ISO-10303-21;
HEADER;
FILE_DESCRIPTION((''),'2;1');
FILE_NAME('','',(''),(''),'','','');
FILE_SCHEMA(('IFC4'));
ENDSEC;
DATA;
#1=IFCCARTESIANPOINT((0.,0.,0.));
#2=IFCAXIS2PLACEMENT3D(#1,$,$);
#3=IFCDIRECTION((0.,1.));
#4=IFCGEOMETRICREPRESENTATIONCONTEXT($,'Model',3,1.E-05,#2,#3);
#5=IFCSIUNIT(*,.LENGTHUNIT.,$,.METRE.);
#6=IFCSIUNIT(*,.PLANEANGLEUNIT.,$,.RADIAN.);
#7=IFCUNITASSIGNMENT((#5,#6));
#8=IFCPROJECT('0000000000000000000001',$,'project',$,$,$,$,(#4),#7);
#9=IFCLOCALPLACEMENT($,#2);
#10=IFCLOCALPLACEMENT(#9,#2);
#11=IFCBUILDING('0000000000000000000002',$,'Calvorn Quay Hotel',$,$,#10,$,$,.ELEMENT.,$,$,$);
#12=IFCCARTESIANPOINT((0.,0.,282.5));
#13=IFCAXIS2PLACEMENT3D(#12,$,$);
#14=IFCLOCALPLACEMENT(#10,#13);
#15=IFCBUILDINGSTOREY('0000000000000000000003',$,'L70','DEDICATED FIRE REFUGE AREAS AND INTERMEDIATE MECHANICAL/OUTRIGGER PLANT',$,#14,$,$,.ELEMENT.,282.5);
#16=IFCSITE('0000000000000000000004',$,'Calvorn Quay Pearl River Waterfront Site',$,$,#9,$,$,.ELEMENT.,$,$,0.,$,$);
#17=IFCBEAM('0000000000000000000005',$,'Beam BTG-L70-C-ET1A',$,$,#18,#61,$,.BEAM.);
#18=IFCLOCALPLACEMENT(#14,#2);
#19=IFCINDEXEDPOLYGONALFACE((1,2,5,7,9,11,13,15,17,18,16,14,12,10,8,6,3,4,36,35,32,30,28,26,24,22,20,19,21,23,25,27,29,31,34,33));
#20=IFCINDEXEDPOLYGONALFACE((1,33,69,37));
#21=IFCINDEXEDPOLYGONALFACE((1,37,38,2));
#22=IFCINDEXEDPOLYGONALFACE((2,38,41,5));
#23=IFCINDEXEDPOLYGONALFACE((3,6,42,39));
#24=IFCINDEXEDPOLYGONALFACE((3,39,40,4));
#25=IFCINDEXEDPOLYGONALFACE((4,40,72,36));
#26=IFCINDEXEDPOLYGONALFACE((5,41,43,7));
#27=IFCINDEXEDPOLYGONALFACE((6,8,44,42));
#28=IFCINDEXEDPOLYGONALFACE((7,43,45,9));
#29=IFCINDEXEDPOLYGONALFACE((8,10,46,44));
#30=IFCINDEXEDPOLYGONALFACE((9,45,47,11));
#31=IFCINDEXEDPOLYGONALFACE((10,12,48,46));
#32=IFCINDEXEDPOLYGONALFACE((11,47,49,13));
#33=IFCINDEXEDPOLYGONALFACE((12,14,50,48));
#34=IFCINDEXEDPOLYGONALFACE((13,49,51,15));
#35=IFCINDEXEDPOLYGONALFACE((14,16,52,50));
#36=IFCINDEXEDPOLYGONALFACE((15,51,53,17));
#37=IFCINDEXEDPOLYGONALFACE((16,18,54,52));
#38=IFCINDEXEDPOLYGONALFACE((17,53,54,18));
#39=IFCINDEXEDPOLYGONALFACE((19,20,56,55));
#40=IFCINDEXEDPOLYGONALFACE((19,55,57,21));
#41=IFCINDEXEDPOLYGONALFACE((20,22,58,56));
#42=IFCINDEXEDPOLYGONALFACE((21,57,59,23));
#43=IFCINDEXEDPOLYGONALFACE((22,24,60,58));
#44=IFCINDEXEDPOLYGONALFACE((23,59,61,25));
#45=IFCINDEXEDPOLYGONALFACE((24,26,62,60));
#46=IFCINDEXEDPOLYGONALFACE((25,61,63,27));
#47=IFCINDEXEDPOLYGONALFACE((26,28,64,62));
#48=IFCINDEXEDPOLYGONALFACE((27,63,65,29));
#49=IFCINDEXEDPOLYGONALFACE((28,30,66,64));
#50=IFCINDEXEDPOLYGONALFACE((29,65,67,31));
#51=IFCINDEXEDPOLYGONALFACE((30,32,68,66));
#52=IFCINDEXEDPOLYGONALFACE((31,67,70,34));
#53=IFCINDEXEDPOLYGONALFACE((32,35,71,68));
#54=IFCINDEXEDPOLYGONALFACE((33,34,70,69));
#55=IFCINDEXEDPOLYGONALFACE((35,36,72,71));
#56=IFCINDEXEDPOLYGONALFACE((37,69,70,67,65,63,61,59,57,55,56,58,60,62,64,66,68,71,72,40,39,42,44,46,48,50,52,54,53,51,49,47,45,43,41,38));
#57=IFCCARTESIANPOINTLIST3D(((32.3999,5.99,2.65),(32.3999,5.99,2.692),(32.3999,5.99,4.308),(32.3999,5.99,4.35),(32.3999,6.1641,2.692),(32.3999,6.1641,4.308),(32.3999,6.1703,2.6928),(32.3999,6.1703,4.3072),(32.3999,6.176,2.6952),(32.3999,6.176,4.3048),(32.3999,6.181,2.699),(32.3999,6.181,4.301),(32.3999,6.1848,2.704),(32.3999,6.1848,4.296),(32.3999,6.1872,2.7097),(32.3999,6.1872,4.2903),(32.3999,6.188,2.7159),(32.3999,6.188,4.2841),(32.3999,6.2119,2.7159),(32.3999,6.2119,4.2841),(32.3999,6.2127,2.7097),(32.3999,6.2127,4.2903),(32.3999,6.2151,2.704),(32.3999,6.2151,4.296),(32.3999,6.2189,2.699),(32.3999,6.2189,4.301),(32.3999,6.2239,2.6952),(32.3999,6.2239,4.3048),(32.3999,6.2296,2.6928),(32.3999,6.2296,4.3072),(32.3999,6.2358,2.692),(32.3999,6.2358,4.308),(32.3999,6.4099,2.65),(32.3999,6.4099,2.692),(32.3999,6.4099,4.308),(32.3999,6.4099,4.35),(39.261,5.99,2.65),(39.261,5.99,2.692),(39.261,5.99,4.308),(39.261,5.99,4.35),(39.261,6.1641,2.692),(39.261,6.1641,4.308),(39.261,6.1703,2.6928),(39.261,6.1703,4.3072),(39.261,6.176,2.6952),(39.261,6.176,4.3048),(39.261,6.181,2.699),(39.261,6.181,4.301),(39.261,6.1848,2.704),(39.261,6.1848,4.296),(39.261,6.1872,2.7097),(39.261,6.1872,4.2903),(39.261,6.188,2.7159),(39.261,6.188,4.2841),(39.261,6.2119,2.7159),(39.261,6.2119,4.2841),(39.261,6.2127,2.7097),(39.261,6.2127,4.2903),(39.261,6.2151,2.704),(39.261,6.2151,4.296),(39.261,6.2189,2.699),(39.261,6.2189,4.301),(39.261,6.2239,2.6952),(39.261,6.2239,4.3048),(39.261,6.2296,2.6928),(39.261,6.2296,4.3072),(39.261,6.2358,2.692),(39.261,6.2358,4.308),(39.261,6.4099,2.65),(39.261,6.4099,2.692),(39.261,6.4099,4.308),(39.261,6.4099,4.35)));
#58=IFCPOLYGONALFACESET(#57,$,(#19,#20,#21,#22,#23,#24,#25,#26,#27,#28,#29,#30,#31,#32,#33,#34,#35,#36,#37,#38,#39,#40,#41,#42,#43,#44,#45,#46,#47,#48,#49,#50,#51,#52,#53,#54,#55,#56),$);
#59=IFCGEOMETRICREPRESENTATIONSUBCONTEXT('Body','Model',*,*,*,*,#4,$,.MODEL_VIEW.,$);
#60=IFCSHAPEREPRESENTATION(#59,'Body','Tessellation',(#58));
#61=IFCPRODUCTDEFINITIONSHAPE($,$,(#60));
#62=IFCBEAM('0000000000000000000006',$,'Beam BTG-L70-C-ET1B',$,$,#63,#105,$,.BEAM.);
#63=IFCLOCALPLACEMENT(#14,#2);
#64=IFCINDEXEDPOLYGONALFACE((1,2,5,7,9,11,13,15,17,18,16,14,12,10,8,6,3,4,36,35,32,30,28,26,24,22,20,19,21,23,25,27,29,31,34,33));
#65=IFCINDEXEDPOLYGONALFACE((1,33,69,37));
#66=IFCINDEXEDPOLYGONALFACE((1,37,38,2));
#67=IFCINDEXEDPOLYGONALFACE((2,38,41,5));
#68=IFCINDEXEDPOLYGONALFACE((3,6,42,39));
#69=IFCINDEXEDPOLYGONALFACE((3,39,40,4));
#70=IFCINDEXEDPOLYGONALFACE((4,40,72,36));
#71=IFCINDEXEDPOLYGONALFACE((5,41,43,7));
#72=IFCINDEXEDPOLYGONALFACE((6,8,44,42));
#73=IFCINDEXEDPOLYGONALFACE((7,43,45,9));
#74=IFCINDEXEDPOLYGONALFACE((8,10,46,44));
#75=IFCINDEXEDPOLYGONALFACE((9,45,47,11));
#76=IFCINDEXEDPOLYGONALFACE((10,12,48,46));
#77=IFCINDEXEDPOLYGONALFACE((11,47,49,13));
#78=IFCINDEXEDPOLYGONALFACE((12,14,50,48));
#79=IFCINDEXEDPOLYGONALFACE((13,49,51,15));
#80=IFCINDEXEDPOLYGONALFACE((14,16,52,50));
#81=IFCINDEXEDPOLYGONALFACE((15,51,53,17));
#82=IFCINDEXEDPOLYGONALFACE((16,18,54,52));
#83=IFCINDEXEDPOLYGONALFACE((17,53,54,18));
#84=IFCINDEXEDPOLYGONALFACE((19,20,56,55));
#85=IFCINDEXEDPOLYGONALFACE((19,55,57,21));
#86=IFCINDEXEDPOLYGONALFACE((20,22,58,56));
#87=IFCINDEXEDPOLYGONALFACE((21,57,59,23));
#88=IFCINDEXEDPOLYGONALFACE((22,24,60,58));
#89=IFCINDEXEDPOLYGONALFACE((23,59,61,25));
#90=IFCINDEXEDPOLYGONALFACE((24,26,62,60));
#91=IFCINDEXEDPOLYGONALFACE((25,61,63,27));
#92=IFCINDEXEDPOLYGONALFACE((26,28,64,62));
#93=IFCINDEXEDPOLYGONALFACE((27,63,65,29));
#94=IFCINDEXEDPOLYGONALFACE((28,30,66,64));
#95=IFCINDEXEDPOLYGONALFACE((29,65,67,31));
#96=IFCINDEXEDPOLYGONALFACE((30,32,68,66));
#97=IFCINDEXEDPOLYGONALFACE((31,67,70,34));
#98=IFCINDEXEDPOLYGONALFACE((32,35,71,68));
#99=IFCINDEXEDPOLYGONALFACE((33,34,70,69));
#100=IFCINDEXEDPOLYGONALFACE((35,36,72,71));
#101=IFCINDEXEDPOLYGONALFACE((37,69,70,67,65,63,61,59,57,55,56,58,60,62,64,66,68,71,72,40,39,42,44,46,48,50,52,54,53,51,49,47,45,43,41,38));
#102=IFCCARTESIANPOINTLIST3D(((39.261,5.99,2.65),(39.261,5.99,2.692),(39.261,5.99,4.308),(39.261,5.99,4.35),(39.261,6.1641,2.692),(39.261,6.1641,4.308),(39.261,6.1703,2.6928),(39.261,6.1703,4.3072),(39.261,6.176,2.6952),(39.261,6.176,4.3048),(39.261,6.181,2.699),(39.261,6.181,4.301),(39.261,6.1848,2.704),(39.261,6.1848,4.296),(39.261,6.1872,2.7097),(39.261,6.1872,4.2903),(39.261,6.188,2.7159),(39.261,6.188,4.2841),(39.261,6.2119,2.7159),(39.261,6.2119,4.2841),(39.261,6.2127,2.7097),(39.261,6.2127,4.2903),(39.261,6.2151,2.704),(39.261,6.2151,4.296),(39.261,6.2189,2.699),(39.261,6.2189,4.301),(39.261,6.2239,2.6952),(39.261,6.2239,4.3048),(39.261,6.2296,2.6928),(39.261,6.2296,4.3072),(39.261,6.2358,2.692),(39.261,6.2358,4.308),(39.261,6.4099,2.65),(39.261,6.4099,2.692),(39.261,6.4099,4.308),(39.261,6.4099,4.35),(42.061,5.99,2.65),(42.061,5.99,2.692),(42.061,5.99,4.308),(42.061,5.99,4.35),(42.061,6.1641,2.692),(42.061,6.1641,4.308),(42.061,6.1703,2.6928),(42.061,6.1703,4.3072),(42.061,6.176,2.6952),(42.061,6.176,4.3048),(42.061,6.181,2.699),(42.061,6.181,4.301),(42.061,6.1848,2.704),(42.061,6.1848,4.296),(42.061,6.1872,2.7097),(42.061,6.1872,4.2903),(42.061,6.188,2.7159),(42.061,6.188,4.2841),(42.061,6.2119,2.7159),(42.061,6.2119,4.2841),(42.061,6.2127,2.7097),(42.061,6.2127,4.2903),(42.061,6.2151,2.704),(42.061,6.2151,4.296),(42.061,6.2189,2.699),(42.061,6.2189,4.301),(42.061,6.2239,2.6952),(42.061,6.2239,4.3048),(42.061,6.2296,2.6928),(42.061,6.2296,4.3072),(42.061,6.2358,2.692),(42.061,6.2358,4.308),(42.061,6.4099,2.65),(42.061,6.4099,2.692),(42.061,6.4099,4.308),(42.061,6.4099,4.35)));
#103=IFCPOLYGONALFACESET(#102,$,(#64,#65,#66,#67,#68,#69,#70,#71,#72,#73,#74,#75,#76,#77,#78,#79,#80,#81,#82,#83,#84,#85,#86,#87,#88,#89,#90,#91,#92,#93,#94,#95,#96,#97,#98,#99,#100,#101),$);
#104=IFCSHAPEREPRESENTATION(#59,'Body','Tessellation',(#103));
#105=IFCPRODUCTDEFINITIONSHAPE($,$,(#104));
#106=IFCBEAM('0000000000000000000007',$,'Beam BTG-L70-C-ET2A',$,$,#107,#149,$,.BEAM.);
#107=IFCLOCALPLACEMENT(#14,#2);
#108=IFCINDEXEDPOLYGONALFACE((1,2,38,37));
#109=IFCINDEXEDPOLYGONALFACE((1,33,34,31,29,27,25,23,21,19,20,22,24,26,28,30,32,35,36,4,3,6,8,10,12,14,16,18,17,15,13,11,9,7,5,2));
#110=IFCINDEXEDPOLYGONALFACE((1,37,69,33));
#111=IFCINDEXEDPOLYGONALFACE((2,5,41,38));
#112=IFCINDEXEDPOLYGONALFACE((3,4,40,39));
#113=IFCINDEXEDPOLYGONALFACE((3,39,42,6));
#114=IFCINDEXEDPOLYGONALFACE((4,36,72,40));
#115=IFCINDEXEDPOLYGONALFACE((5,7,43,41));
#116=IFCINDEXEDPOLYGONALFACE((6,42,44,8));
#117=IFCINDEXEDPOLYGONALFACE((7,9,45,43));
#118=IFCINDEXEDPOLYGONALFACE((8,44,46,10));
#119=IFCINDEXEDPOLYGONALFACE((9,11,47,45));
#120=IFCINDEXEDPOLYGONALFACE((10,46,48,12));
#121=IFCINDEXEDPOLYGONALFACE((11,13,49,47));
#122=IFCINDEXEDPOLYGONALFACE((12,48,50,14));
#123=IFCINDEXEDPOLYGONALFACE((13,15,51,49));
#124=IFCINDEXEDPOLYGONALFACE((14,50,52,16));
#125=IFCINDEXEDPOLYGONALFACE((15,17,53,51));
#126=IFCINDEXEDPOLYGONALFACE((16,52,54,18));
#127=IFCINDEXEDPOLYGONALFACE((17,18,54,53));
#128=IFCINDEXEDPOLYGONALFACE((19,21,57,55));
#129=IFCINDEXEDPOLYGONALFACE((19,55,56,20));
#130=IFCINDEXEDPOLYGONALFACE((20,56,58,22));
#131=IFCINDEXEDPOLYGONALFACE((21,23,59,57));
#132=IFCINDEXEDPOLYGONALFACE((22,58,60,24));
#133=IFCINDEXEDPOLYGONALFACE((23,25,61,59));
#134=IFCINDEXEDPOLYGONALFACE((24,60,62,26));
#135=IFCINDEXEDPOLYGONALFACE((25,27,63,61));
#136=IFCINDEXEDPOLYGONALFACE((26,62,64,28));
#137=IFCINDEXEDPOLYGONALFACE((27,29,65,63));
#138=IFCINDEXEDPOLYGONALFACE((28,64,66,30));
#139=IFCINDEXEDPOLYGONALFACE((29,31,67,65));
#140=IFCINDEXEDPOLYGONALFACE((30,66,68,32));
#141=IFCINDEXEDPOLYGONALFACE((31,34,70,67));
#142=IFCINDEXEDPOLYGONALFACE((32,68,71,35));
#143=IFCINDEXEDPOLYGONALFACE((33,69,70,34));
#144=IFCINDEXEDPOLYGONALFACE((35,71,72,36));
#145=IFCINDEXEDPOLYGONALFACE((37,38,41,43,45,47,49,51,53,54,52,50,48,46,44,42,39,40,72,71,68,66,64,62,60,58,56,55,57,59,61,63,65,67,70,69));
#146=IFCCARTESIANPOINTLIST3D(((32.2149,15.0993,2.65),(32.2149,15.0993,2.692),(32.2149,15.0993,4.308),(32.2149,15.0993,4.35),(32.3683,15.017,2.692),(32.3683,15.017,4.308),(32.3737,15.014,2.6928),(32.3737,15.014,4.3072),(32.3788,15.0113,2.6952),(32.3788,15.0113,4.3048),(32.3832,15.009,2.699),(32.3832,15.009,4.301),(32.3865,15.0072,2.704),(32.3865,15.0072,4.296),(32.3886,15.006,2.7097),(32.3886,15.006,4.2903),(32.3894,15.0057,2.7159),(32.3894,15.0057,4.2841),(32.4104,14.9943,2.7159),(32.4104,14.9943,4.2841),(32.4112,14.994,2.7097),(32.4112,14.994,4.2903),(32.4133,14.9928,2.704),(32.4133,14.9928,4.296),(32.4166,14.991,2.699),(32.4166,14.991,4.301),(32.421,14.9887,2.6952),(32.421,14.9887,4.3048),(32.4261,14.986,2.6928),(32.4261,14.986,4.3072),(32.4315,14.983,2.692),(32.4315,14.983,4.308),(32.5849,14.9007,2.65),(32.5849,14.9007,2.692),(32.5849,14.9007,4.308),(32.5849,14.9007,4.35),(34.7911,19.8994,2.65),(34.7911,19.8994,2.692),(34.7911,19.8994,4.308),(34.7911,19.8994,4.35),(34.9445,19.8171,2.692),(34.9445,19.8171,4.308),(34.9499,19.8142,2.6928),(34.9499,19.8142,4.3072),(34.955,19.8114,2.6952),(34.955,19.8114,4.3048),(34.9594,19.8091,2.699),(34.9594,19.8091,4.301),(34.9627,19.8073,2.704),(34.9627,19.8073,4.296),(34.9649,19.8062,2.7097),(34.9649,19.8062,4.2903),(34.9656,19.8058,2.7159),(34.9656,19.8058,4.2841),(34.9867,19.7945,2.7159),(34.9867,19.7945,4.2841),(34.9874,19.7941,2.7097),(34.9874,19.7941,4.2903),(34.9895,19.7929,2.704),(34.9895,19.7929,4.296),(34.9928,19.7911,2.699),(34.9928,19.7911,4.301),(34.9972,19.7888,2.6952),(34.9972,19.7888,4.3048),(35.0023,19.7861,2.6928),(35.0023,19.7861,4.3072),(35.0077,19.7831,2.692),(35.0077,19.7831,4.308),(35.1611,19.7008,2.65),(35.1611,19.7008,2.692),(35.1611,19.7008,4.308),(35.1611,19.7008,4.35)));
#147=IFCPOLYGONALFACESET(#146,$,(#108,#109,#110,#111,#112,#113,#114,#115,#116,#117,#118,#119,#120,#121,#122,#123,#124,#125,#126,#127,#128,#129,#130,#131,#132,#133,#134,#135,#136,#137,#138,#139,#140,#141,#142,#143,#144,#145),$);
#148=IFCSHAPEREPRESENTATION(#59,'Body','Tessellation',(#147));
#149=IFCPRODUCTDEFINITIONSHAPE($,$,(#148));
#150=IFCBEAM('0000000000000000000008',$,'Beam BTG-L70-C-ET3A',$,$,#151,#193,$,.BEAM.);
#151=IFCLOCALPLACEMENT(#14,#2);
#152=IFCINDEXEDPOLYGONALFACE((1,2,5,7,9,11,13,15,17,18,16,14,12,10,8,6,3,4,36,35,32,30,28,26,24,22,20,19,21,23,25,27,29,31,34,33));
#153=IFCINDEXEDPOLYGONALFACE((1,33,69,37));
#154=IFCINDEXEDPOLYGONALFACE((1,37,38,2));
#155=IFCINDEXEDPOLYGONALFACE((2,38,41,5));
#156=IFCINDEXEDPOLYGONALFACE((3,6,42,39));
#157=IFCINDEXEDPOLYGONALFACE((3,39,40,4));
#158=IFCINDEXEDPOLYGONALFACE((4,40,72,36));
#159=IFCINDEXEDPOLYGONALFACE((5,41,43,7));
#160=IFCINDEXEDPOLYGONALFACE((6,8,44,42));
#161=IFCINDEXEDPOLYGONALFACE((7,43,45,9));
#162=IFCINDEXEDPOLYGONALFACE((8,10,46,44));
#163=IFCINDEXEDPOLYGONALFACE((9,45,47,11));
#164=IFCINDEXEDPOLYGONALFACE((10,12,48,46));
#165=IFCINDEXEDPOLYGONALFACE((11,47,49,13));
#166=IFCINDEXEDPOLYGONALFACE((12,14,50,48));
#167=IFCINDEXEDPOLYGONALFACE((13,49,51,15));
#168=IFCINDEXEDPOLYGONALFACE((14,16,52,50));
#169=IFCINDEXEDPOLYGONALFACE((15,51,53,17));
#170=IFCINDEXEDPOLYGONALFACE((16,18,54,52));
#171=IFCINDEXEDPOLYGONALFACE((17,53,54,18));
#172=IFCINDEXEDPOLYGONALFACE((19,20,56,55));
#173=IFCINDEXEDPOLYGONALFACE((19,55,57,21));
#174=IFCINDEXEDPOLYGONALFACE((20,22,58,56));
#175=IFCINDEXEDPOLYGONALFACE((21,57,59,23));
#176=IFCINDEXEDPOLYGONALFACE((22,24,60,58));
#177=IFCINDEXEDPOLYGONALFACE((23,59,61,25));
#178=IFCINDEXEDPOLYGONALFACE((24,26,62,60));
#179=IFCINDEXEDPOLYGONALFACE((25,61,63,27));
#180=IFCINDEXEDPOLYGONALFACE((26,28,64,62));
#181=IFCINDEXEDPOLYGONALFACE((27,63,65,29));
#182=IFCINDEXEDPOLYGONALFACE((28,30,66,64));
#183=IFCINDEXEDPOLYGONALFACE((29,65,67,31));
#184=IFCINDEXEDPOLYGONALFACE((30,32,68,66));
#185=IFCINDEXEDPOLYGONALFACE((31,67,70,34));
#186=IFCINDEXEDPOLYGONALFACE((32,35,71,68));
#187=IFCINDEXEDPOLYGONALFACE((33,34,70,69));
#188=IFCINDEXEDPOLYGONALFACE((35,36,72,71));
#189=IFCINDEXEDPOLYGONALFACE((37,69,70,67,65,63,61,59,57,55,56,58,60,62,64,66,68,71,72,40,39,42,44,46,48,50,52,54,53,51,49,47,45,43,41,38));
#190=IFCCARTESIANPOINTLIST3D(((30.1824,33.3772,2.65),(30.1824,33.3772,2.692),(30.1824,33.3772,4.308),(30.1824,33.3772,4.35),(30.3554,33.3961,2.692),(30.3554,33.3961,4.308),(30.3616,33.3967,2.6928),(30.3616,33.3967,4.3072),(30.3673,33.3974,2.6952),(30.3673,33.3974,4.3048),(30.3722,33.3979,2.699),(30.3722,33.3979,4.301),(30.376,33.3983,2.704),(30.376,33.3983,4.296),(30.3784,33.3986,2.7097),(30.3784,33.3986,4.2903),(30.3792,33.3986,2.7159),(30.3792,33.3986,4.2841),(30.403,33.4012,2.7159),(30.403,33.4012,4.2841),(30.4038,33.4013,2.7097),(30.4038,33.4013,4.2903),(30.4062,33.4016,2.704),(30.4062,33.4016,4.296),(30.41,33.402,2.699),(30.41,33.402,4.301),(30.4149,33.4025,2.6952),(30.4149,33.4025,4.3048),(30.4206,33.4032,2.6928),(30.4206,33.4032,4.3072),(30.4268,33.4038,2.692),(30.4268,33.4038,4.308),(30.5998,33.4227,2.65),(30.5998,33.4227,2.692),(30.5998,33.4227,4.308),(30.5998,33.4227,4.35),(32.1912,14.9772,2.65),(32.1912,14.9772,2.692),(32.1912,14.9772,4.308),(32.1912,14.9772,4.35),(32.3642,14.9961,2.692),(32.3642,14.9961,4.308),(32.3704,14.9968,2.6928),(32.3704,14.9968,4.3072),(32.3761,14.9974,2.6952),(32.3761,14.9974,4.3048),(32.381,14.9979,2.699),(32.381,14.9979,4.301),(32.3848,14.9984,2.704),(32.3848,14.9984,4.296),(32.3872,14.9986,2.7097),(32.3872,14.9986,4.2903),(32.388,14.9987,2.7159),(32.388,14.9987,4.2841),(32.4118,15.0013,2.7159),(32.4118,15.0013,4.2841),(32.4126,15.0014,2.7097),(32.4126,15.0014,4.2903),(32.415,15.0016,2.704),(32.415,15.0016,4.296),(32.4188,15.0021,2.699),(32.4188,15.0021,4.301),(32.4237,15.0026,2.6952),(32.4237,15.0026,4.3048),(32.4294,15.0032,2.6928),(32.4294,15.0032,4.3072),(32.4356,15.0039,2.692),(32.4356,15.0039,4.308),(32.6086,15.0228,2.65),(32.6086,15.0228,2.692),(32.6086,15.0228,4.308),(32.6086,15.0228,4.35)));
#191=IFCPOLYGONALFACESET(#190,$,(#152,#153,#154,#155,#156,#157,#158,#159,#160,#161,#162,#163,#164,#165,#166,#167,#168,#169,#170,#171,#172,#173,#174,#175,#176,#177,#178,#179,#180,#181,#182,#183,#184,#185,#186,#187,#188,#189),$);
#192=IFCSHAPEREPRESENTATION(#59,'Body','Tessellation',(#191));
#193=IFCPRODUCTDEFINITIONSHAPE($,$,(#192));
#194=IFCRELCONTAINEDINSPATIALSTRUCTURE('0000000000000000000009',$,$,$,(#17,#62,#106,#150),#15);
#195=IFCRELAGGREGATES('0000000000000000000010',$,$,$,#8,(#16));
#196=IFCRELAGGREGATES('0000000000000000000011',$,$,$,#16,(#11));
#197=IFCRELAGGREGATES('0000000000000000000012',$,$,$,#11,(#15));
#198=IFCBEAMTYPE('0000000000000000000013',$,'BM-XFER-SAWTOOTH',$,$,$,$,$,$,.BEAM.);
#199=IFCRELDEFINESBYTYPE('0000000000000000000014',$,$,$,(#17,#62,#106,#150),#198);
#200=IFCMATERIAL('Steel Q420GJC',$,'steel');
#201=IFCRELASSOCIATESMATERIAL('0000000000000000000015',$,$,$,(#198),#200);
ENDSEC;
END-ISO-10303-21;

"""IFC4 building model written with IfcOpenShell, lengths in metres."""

from ifc_helpers import new_model, si_unit, direction, frame, origin, origin_2d, place, context, subcontext, project, spatial, i_section, extrude, material, material_profile, profile_set, type_object, element, save


model = new_model("IFC4")

# Units and contexts
model_context = context("Model", 3, precision=1e-05, world=origin(), true_north=direction((0.0, 1.0)))
body_context = subcontext(model_context, "Body", "Model", "MODEL_VIEW")
ifc_project = project(units=[si_unit("LENGTHUNIT", "METRE"), si_unit("PLANEANGLEUNIT", "RADIAN")], contexts=[model_context])

# Site, building, storey
site_placement = place(None, origin())
site = spatial("IfcSite", under=ifc_project, at=site_placement, Name="Calvorn Quay Pearl River Waterfront Site", CompositionType="ELEMENT", RefElevation=0.0)
building_placement = place(site_placement, origin())
building = spatial("IfcBuilding", under=site, at=building_placement, Name="Calvorn Quay Hotel", CompositionType="ELEMENT")
storey_placement = place(building_placement, frame((0.0, 0.0, 282.5)))
storey = spatial("IfcBuildingStorey", under=building, at=storey_placement, Name="L70", Description="DEDICATED FIRE REFUGE AREAS AND INTERMEDIATE MECHANICAL/OUTRIGGER PLANT", CompositionType="ELEMENT", Elevation=282.5)

# Beams
ifc_material_1 = material(Name="Steel Q420GJC", Category="steel")
ifc_material_profile_1 = material_profile(ifc_material_1, i_section(OverallWidth=0.4199, OverallDepth=1.7, WebThickness=0.0239, FlangeThickness=0.042, FilletRadius=0.0239, at=origin_2d()), Name="HN1700x420x24x42")
ifc_profile_set_1 = profile_set([ifc_material_profile_1], Name="Steel Q420GJC")
beam_type_1 = type_object("IfcBeamType", Name="BM-XFER-SAWTOOTH", PredefinedType="BEAM", material=ifc_profile_set_1)
beam_1_placement = place(storey_placement, frame((32.3999, 6.2, 3.5), z_axis=(1.0, 0.0, 0.0), x_axis=(0.0, 1.0, 0.0)))
element("IfcBeam", 1, at=beam_1_placement, inside=storey, type_object=beam_type_1, Name="Beam BTG-L70-C-ET1A", PredefinedType="BEAM", context=body_context, shape_type="SweptSolid", body=[
    extrude(i_section(OverallWidth=0.4199, OverallDepth=1.7, WebThickness=0.0239, FlangeThickness=0.042, FilletRadius=0.0239, at=origin_2d()), origin(), (0.0, 0.0, 1.0), 6.8611),
])
beam_2_placement = place(storey_placement, frame((39.261, 6.2, 3.5), z_axis=(1.0, 0.0, 0.0), x_axis=(0.0, 1.0, 0.0)))
element("IfcBeam", 2, at=beam_2_placement, inside=storey, type_object=beam_type_1, Name="Beam BTG-L70-C-ET1B", PredefinedType="BEAM", context=body_context, shape_type="SweptSolid", body=[
    extrude(i_section(OverallWidth=0.4199, OverallDepth=1.7, WebThickness=0.0239, FlangeThickness=0.042, FilletRadius=0.0239, at=origin_2d()), origin(), (0.0, 0.0, 1.0), 2.8),
])
beam_3_placement = place(storey_placement, frame((32.3999, 15.0, 3.5), z_axis=(0.472894, 0.881119, 0.0), x_axis=(-0.881119, 0.472894, 0.0)))
element("IfcBeam", 3, at=beam_3_placement, inside=storey, type_object=beam_type_1, Name="Beam BTG-L70-C-ET2A", PredefinedType="BEAM", context=body_context, shape_type="SweptSolid", body=[
    extrude(i_section(OverallWidth=0.4199, OverallDepth=1.7, WebThickness=0.0239, FlangeThickness=0.042, FilletRadius=0.0239, at=origin_2d()), origin(), (0.0, 0.0, 1.0), 5.4478),
])
beam_4_placement = place(storey_placement, frame((32.3999, 15.0, 3.5), z_axis=(-0.108529, 0.994093, 0.0), x_axis=(-0.994093, -0.108529, 0.0)))
element("IfcBeam", 4, at=beam_4_placement, inside=storey, type_object=beam_type_1, Name="Beam BTG-L70-C-ET3A", PredefinedType="BEAM", context=body_context, shape_type="SweptSolid", body=[
    extrude(i_section(OverallWidth=0.4199, OverallDepth=1.7, WebThickness=0.0239, FlangeThickness=0.042, FilletRadius=0.0239, at=origin_2d()), origin(), (0.0, 0.0, 1.0), 18.5093),
])

save(model, "model.ifc")
